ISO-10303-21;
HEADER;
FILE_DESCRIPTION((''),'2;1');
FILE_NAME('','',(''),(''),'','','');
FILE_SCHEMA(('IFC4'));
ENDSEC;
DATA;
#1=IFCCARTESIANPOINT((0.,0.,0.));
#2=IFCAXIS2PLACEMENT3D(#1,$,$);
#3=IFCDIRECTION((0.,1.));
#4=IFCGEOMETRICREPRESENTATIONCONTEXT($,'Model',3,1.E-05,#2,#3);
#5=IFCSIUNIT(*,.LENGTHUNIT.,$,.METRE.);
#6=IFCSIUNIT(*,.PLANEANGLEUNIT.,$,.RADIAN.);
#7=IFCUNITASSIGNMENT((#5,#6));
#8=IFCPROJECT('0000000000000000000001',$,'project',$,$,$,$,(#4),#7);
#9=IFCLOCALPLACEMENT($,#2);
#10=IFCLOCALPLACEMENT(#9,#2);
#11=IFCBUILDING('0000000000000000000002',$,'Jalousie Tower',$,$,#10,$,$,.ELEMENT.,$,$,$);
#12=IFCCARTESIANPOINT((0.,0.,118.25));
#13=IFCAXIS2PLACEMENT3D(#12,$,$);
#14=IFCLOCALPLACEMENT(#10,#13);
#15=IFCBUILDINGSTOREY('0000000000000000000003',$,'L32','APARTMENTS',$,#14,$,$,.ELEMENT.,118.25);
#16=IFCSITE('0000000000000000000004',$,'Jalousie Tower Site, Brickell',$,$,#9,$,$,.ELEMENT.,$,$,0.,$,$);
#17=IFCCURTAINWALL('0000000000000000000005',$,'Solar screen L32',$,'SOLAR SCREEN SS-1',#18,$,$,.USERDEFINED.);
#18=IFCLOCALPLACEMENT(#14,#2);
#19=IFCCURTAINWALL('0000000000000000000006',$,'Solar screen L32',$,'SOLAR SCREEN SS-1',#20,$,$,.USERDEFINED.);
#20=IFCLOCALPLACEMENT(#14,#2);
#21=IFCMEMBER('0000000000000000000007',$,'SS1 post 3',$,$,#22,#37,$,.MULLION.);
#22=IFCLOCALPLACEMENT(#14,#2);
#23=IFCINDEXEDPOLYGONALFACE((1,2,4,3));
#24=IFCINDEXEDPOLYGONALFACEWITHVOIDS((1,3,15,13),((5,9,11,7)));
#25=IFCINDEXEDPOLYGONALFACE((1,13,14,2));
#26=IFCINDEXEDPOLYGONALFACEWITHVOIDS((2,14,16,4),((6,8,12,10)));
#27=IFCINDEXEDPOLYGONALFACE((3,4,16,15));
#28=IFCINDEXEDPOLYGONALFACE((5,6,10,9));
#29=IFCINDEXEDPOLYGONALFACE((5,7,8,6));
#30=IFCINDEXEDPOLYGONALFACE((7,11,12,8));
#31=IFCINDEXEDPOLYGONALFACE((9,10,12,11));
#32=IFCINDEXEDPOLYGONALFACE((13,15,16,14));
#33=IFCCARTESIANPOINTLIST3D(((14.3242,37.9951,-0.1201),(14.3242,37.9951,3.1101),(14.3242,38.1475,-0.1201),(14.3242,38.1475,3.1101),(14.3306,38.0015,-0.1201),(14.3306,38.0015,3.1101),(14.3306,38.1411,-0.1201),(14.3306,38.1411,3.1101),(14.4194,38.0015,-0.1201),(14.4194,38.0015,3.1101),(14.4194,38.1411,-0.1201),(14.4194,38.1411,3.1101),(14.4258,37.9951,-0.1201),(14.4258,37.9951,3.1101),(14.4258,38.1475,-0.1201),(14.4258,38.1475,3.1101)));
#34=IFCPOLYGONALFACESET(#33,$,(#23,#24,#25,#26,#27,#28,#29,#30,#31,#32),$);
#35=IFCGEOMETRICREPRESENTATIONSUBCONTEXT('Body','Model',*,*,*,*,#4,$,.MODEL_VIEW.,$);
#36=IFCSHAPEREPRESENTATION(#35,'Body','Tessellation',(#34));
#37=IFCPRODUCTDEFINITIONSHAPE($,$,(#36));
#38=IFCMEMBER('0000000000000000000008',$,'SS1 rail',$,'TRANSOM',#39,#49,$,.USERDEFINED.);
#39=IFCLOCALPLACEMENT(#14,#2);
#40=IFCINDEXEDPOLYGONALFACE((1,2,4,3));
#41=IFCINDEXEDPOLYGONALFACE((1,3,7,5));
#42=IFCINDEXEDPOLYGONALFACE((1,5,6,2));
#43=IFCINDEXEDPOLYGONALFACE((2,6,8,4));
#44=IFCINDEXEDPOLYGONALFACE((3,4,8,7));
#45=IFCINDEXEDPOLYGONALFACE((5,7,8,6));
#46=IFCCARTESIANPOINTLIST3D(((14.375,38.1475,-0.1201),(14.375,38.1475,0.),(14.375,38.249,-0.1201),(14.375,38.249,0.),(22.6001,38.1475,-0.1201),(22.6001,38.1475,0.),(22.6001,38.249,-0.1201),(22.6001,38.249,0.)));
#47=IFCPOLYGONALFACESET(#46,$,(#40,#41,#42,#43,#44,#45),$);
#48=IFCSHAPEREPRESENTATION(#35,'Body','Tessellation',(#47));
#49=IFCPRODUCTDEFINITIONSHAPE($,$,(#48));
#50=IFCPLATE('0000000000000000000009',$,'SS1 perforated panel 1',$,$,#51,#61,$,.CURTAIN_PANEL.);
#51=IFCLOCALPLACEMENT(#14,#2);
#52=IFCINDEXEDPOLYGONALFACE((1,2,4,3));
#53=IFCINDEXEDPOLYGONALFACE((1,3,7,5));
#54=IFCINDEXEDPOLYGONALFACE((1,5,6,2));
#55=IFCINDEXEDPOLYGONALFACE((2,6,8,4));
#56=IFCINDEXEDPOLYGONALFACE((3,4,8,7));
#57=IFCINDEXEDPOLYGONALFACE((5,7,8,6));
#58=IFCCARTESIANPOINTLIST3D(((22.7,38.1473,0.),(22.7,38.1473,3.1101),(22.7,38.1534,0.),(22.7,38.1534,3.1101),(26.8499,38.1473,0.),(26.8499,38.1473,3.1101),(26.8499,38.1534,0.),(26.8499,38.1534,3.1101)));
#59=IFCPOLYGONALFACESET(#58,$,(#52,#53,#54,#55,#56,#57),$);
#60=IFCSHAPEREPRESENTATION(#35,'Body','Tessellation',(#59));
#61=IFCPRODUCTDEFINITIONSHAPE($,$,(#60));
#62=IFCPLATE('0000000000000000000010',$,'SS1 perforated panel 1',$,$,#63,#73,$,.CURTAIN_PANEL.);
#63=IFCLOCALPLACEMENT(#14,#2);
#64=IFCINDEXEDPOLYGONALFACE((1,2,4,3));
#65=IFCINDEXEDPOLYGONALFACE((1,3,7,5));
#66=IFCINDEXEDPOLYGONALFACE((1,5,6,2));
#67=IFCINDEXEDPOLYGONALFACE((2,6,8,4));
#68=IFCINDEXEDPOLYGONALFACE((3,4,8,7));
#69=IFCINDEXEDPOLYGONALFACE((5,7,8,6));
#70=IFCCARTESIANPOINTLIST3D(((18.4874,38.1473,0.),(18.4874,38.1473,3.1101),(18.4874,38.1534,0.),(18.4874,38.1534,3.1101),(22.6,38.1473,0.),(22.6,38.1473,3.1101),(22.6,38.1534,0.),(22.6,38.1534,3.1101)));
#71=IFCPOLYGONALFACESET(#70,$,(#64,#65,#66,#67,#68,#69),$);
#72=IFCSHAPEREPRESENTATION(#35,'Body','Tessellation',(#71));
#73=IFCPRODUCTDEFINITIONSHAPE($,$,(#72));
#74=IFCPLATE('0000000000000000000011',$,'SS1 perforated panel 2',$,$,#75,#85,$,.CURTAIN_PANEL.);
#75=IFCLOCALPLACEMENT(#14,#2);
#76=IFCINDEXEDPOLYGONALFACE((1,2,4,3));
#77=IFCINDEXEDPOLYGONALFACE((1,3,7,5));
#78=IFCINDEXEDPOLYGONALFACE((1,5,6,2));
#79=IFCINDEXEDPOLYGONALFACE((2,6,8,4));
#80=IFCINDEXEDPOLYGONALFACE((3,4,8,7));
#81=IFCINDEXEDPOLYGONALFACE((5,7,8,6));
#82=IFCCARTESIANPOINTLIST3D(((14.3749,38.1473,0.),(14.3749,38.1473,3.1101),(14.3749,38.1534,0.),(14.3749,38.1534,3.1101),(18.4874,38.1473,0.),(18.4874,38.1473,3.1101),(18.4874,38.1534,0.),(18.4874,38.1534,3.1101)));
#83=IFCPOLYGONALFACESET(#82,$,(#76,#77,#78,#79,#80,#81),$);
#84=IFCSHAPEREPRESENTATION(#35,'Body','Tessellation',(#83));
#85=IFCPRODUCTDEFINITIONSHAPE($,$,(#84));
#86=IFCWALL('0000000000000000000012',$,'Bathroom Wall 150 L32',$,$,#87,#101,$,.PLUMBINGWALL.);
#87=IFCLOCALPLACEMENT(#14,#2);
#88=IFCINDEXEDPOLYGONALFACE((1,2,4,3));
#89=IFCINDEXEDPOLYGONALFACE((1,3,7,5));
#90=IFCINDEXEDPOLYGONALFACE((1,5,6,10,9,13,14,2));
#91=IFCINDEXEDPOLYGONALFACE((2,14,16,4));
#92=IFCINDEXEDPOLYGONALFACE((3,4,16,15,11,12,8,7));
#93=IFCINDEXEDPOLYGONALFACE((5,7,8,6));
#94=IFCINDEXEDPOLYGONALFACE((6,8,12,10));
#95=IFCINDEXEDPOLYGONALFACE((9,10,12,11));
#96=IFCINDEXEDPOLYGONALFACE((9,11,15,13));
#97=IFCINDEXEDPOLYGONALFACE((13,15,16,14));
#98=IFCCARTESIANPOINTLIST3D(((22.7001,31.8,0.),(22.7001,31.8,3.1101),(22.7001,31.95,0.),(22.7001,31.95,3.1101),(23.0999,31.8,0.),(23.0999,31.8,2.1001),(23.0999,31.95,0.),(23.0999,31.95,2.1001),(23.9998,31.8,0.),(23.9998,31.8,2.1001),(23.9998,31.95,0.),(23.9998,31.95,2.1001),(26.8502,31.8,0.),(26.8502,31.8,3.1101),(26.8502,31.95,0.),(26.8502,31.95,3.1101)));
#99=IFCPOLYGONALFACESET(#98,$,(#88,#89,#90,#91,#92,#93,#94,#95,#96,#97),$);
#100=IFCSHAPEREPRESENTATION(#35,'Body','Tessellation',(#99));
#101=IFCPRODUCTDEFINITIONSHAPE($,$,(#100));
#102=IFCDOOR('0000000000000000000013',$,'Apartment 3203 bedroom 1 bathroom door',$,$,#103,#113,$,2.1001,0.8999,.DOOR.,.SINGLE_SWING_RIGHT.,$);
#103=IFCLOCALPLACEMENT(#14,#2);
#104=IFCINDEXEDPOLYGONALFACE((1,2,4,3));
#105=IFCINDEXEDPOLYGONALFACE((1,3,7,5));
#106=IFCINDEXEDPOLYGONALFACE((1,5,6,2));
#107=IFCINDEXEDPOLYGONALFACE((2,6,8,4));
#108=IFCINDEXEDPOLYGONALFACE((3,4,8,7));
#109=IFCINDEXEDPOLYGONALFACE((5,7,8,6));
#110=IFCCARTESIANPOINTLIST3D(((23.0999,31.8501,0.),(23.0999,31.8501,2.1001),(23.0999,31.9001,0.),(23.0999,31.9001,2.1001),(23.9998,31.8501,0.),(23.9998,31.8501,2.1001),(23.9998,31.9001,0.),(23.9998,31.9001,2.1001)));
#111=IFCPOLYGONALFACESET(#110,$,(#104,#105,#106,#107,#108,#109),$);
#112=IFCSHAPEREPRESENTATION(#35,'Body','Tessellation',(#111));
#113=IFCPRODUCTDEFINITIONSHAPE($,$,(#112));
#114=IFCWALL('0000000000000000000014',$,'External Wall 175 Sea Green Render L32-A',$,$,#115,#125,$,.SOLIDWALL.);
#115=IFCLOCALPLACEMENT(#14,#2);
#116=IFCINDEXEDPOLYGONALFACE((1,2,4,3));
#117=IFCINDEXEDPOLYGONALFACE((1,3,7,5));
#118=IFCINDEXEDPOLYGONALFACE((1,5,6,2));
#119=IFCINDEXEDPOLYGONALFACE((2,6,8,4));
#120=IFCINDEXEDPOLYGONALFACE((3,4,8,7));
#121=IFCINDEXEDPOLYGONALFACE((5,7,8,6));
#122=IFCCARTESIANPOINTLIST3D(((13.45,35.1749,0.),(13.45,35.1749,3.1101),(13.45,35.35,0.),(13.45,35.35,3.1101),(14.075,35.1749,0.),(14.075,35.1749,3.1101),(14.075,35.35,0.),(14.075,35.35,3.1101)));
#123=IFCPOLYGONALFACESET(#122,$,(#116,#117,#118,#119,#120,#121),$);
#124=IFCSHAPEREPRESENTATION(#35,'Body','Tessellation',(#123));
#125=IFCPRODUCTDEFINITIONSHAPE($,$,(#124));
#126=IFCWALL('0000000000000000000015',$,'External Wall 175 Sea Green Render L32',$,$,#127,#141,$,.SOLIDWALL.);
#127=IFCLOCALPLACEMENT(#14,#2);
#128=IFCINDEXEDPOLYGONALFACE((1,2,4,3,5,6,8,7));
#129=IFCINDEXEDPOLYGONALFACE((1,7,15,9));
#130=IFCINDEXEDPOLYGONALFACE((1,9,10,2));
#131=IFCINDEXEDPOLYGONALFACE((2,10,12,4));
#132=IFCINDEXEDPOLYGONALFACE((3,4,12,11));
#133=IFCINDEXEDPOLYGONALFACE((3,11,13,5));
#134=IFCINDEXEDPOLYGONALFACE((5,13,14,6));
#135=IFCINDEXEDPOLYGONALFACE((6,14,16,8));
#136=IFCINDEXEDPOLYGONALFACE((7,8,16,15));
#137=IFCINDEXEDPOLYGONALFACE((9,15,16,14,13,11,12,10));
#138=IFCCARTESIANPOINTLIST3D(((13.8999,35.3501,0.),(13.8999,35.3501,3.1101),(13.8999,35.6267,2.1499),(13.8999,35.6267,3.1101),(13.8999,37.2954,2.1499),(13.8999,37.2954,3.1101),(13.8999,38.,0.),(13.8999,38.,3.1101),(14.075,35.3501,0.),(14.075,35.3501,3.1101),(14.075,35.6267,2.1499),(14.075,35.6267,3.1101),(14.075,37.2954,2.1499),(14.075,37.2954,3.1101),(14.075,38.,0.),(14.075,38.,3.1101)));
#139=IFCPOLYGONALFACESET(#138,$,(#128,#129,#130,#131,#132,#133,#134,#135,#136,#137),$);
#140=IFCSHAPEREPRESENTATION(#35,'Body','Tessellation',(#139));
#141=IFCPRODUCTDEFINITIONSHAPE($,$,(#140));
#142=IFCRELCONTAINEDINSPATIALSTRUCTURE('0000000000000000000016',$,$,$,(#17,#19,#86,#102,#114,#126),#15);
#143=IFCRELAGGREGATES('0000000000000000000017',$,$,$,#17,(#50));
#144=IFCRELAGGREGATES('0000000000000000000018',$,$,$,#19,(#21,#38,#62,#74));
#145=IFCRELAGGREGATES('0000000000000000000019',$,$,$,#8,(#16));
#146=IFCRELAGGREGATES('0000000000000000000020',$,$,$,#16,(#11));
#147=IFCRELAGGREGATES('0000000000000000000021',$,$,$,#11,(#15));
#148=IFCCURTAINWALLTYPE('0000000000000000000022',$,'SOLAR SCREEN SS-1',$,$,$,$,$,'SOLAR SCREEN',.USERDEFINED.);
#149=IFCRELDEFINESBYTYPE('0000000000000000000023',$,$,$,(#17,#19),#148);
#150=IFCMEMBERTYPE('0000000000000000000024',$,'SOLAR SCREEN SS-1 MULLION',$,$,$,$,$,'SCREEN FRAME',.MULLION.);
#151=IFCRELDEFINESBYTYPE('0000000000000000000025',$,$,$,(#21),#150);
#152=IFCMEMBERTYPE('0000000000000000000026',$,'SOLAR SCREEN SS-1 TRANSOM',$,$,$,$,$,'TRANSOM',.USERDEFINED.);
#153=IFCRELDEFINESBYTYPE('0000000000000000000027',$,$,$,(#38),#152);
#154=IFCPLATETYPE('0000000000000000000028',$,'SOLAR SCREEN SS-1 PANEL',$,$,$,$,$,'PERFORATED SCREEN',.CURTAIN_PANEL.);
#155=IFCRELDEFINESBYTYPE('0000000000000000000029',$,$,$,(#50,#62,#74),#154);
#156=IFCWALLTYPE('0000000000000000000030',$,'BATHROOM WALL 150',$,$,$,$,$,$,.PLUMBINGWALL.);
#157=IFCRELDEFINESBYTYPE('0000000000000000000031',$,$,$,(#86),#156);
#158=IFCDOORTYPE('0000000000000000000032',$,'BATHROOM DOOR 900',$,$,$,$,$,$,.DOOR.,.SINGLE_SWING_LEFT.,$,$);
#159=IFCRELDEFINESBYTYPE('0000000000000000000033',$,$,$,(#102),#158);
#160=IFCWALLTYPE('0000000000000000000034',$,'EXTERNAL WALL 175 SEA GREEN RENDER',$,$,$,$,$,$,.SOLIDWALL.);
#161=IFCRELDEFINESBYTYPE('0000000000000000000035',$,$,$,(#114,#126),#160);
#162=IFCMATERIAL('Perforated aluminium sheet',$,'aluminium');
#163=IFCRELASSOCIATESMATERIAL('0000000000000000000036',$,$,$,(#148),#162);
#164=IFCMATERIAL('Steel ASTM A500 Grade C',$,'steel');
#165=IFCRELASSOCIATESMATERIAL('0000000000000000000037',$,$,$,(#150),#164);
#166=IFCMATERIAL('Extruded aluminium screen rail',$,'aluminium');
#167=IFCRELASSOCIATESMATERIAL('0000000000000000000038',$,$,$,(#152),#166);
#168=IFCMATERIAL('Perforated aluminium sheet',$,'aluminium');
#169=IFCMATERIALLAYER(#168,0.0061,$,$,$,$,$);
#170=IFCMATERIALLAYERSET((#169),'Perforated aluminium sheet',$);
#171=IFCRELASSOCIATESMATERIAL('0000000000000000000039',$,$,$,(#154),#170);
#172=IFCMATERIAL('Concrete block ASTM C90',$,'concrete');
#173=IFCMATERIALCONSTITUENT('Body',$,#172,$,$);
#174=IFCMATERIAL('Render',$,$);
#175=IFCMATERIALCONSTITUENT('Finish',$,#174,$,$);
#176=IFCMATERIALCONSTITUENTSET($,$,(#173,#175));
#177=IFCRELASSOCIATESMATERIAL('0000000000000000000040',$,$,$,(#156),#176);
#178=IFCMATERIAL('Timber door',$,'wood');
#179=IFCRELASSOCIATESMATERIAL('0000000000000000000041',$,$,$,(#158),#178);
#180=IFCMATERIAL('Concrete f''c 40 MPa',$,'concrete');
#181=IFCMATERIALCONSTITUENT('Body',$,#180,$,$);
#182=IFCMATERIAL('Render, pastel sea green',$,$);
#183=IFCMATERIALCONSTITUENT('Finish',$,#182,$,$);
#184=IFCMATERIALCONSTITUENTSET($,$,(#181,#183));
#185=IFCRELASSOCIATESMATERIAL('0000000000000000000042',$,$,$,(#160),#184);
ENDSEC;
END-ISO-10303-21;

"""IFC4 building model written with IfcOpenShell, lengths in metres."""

from ifc_helpers import new_model, si_unit, direction, frame, frame_2d, origin, origin_2d, place, context, subcontext, project, spatial, polyline, rectangle, hollow_rectangle, outline, extrude, material, layer, layer_set, constituent, constituent_set, material_profile, profile_set, type_object, element, fill, aggregate, save


model = new_model("IFC4")

# Units and contexts
model_context = context("Model", 3, precision=1e-05, world=origin(), true_north=direction((0.0, 1.0)))
body_context = subcontext(model_context, "Body", "Model", "MODEL_VIEW")
ifc_project = project(units=[si_unit("LENGTHUNIT", "METRE"), si_unit("PLANEANGLEUNIT", "RADIAN")], contexts=[model_context])

# Site, building, storey
site_placement = place(None, origin())
site = spatial("IfcSite", under=ifc_project, at=site_placement, Name="Jalousie Tower Site, Brickell", CompositionType="ELEMENT", RefElevation=0.0)
building_placement = place(site_placement, origin())
building = spatial("IfcBuilding", under=site, at=building_placement, Name="Jalousie Tower", CompositionType="ELEMENT")
storey_placement = place(building_placement, frame((0.0, 0.0, 118.25)))
storey = spatial("IfcBuildingStorey", under=building, at=storey_placement, Name="L32", Description="APARTMENTS", CompositionType="ELEMENT", Elevation=118.25)

# Curtain wall
ifc_material_1 = material(Name="Perforated aluminium sheet", Category="aluminium")
curtain_wall_type = type_object("IfcCurtainWallType", Name="SOLAR SCREEN SS-1", ElementType="SOLAR SCREEN", PredefinedType="USERDEFINED", material=ifc_material_1)
curtain_wall_1_placement = place(storey_placement, origin())
curtain_wall_1 = element("IfcCurtainWall", 1, at=curtain_wall_1_placement, inside=storey, type_object=curtain_wall_type, Name="Solar screen L32", ObjectType="SOLAR SCREEN SS-1", PredefinedType="USERDEFINED")
ifc_material_2 = material(Name="Steel ASTM A500 Grade C", Category="steel")
ifc_material_profile_1 = material_profile(ifc_material_2, hollow_rectangle(XDim=0.1016, YDim=0.1523, WallThickness=0.0063, at=origin_2d()), Name="HSS6X4X1/4")
ifc_profile_set_1 = profile_set([ifc_material_profile_1], Name="Steel ASTM A500 Grade C")
member_type_1 = type_object("IfcMemberType", Name="SOLAR SCREEN SS-1 MULLION", ElementType="SCREEN FRAME", PredefinedType="MULLION", material=ifc_profile_set_1)

# Curtain wall, members
curtain_wall_2_placement = place(storey_placement, origin())
curtain_wall_2 = element("IfcCurtainWall", 2, at=curtain_wall_2_placement, inside=storey, type_object=curtain_wall_type, Name="Solar screen L32", ObjectType="SOLAR SCREEN SS-1", PredefinedType="USERDEFINED")
member_1_placement = place(storey_placement, frame((14.375, 38.0713, -0.1201), z_axis=(0.0, 0.0, 1.0), x_axis=(-1.0, 0.0, 0.0)))
member_1 = element("IfcMember", 3, at=member_1_placement, type_object=member_type_1, Name="SS1 post 3", PredefinedType="MULLION", context=body_context, shape_type="SweptSolid", body=[
    extrude(hollow_rectangle(XDim=0.1016, YDim=0.1523, WallThickness=0.0063, at=origin_2d()), origin(), (0.0, 0.0, 1.0), 3.2302),
])
ifc_material_3 = material(Name="Extruded aluminium screen rail", Category="aluminium")
ifc_material_profile_2 = material_profile(ifc_material_3, rectangle(XDim=0.1016, YDim=0.1201, at=origin_2d()), Name="RAIL 102x120")
ifc_profile_set_2 = profile_set([ifc_material_profile_2], Name="Extruded aluminium screen rail")
member_type_2 = type_object("IfcMemberType", Name="SOLAR SCREEN SS-1 TRANSOM", ElementType="TRANSOM", PredefinedType="USERDEFINED", material=ifc_profile_set_2)
member_2_placement = place(storey_placement, frame((22.6001, 38.1982, -0.0601), z_axis=(-1.0, 0.0, 0.0), x_axis=(0.0, -1.0, 0.0)))
member_2 = element("IfcMember", 4, at=member_2_placement, type_object=member_type_2, Name="SS1 rail", ObjectType="TRANSOM", PredefinedType="USERDEFINED", context=body_context, shape_type="SweptSolid", body=[
    extrude(rectangle(XDim=0.1016, YDim=0.1201, at=origin_2d()), origin(), (0.0, 0.0, 1.0), 8.2251),
])

# Plates
ifc_material_4 = material(Name="Perforated aluminium sheet", Category="aluminium")
ifc_layer_1 = layer(ifc_material_4, 0.0061)
ifc_layer_set_1 = layer_set([ifc_layer_1], Name="Perforated aluminium sheet")
plate_type = type_object("IfcPlateType", Name="SOLAR SCREEN SS-1 PANEL", ElementType="PERFORATED SCREEN", PredefinedType="CURTAIN_PANEL", material=ifc_layer_set_1)
plate_1_placement = place(storey_placement, frame((24.7749, 38.1504, 0.0), z_axis=(0.0, 0.0, 1.0), x_axis=(-1.0, 0.0, 0.0)))
plate_1 = element("IfcPlate", 5, at=plate_1_placement, type_object=plate_type, Name="SS1 perforated panel 1", PredefinedType="CURTAIN_PANEL", context=body_context, shape_type="SweptSolid", body=[
    extrude(rectangle(XDim=4.1499, YDim=0.0061, at=origin_2d()), origin(), (0.0, 0.0, 1.0), 3.1101),
])
aggregate(curtain_wall_1, [plate_1])
plate_2_placement = place(storey_placement, frame((20.5437, 38.1504, 0.0), z_axis=(0.0, 0.0, 1.0), x_axis=(-1.0, 0.0, 0.0)))
plate_2 = element("IfcPlate", 6, at=plate_2_placement, type_object=plate_type, Name="SS1 perforated panel 1", PredefinedType="CURTAIN_PANEL", context=body_context, shape_type="SweptSolid", body=[
    extrude(rectangle(XDim=4.1125, YDim=0.0061, at=origin_2d()), origin(), (0.0, 0.0, 1.0), 3.1101),
])
plate_3_placement = place(storey_placement, frame((16.4312, 38.1504, 0.0), z_axis=(0.0, 0.0, 1.0), x_axis=(-1.0, 0.0, 0.0)))
plate_3 = element("IfcPlate", 7, at=plate_3_placement, type_object=plate_type, Name="SS1 perforated panel 2", PredefinedType="CURTAIN_PANEL", context=body_context, shape_type="SweptSolid", body=[
    extrude(rectangle(XDim=4.1125, YDim=0.0061, at=origin_2d()), origin(), (0.0, 0.0, 1.0), 3.1101),
])
aggregate(curtain_wall_2, [member_1, member_2, plate_2, plate_3])

# Wall, opening, door
ifc_material_5 = material(Name="Concrete block ASTM C90", Category="concrete")
ifc_constituent_1 = constituent(ifc_material_5, Name="Body")
ifc_material_6 = material(Name="Render")
ifc_constituent_2 = constituent(ifc_material_6, Name="Finish")
ifc_constituent_set_1 = constituent_set(constituents=[ifc_constituent_1, ifc_constituent_2])
wall_type_1 = type_object("IfcWallType", Name="BATHROOM WALL 150", PredefinedType="PLUMBINGWALL", material=ifc_constituent_set_1)
wall_1_placement = place(storey_placement, frame((22.7, 31.875, 0.0), z_axis=(0.0, 0.0, 1.0), x_axis=(1.0, 0.0, 0.0)))
wall_1 = element("IfcWall", 8, at=wall_1_placement, inside=storey, type_object=wall_type_1, Name="Bathroom Wall 150 L32", PredefinedType="PLUMBINGWALL", context=body_context, shape_type="SweptSolid", body=[
    extrude(rectangle(XDim=4.1501, YDim=0.1499, at=frame_2d((2.0752, 0.0))), origin(), (0.0, 0.0, 1.0), 3.1101),
])
opening_1_placement = place(wall_1_placement, frame((0.3999, 0.0, 0.0)))
opening_1 = element("IfcOpeningElement", 9, at=opening_1_placement, cuts=wall_1, PredefinedType="OPENING", context=body_context, shape_type="SweptSolid", body=[
    extrude(rectangle(XDim=0.8999, YDim=2.1001, at=frame_2d((0.45, 1.05))), frame((0.0, 0.085, 0.0), z_axis=(0.0, -1.0, 0.0), x_axis=(1.0, 0.0, 0.0)), (0.0, 0.0, 1.0), 0.1699),
])
ifc_material_7 = material(Name="Timber door", Category="wood")
door_type_1 = type_object("IfcDoorType", Name="BATHROOM DOOR 900", OperationType="SINGLE_SWING_LEFT", PredefinedType="DOOR", material=ifc_material_7)
door_1_placement = place(opening_1_placement, frame((0.8999, 0.0, 0.0), z_axis=(0.0, 0.0, 1.0), x_axis=(-1.0, 0.0, 0.0)))
door_1 = element("IfcDoor", 10, at=door_1_placement, inside=storey, type_object=door_type_1, Name="Apartment 3203 bedroom 1 bathroom door", OperationType="SINGLE_SWING_RIGHT", OverallHeight=2.1001, OverallWidth=0.8999, PredefinedType="DOOR", context=body_context, shape_type="SweptSolid", body=[
    extrude(rectangle(XDim=0.8999, YDim=2.1001, at=frame_2d((0.45, 1.05))), frame((0.0, 0.0249, 0.0), z_axis=(0.0, -1.0, 0.0), x_axis=(1.0, 0.0, 0.0)), (0.0, 0.0, 1.0), 0.05),
])
fill(opening_1, door_1)

# Walls
ifc_material_8 = material(Name="Concrete f'c 40 MPa", Category="concrete")
ifc_constituent_3 = constituent(ifc_material_8, Name="Body")
ifc_material_9 = material(Name="Render, pastel sea green")
ifc_constituent_4 = constituent(ifc_material_9, Name="Finish")
ifc_constituent_set_2 = constituent_set(constituents=[ifc_constituent_3, ifc_constituent_4])
wall_type_2 = type_object("IfcWallType", Name="EXTERNAL WALL 175 SEA GREEN RENDER", PredefinedType="SOLIDWALL", material=ifc_constituent_set_2)
wall_2_placement = place(storey_placement, frame((14.075, 35.2625, 0.0), z_axis=(0.0, 0.0, 1.0), x_axis=(-1.0, 0.0, 0.0)))
element("IfcWall", 11, at=wall_2_placement, inside=storey, type_object=wall_type_2, Name="External Wall 175 Sea Green Render L32-A", PredefinedType="SOLIDWALL", context=body_context, shape_type="SweptSolid", body=[
    extrude(rectangle(XDim=0.625, YDim=0.175, at=frame_2d((0.3125, 0.0))), origin(), (0.0, 0.0, 1.0), 3.1101),
])
wall_3_placement = place(storey_placement, frame((13.9875, 38.0, 0.0), z_axis=(0.0, 0.0, 1.0), x_axis=(0.0, -1.0, 0.0)))
element("IfcWall", 12, at=wall_3_placement, inside=storey, type_object=wall_type_2, Name="External Wall 175 Sea Green Render L32", PredefinedType="SOLIDWALL", context=body_context, shape_type="SweptSolid", body=[
    extrude(outline(polyline([(0.0, 0.0), (2.6499, 0.0), (2.6499, 3.1101), (2.3733, 3.1101), (2.3733, 2.1499), (0.7046, 2.1499), (0.7046, 3.1101), (0.0, 3.1101), (0.0, 0.0)])), frame((0.0, 0.0874, 0.0), z_axis=(0.0, -1.0, 0.0), x_axis=(1.0, 0.0, 0.0)), (0.0, 0.0, 1.0), 0.175),
])

save(model, "model.ifc")
